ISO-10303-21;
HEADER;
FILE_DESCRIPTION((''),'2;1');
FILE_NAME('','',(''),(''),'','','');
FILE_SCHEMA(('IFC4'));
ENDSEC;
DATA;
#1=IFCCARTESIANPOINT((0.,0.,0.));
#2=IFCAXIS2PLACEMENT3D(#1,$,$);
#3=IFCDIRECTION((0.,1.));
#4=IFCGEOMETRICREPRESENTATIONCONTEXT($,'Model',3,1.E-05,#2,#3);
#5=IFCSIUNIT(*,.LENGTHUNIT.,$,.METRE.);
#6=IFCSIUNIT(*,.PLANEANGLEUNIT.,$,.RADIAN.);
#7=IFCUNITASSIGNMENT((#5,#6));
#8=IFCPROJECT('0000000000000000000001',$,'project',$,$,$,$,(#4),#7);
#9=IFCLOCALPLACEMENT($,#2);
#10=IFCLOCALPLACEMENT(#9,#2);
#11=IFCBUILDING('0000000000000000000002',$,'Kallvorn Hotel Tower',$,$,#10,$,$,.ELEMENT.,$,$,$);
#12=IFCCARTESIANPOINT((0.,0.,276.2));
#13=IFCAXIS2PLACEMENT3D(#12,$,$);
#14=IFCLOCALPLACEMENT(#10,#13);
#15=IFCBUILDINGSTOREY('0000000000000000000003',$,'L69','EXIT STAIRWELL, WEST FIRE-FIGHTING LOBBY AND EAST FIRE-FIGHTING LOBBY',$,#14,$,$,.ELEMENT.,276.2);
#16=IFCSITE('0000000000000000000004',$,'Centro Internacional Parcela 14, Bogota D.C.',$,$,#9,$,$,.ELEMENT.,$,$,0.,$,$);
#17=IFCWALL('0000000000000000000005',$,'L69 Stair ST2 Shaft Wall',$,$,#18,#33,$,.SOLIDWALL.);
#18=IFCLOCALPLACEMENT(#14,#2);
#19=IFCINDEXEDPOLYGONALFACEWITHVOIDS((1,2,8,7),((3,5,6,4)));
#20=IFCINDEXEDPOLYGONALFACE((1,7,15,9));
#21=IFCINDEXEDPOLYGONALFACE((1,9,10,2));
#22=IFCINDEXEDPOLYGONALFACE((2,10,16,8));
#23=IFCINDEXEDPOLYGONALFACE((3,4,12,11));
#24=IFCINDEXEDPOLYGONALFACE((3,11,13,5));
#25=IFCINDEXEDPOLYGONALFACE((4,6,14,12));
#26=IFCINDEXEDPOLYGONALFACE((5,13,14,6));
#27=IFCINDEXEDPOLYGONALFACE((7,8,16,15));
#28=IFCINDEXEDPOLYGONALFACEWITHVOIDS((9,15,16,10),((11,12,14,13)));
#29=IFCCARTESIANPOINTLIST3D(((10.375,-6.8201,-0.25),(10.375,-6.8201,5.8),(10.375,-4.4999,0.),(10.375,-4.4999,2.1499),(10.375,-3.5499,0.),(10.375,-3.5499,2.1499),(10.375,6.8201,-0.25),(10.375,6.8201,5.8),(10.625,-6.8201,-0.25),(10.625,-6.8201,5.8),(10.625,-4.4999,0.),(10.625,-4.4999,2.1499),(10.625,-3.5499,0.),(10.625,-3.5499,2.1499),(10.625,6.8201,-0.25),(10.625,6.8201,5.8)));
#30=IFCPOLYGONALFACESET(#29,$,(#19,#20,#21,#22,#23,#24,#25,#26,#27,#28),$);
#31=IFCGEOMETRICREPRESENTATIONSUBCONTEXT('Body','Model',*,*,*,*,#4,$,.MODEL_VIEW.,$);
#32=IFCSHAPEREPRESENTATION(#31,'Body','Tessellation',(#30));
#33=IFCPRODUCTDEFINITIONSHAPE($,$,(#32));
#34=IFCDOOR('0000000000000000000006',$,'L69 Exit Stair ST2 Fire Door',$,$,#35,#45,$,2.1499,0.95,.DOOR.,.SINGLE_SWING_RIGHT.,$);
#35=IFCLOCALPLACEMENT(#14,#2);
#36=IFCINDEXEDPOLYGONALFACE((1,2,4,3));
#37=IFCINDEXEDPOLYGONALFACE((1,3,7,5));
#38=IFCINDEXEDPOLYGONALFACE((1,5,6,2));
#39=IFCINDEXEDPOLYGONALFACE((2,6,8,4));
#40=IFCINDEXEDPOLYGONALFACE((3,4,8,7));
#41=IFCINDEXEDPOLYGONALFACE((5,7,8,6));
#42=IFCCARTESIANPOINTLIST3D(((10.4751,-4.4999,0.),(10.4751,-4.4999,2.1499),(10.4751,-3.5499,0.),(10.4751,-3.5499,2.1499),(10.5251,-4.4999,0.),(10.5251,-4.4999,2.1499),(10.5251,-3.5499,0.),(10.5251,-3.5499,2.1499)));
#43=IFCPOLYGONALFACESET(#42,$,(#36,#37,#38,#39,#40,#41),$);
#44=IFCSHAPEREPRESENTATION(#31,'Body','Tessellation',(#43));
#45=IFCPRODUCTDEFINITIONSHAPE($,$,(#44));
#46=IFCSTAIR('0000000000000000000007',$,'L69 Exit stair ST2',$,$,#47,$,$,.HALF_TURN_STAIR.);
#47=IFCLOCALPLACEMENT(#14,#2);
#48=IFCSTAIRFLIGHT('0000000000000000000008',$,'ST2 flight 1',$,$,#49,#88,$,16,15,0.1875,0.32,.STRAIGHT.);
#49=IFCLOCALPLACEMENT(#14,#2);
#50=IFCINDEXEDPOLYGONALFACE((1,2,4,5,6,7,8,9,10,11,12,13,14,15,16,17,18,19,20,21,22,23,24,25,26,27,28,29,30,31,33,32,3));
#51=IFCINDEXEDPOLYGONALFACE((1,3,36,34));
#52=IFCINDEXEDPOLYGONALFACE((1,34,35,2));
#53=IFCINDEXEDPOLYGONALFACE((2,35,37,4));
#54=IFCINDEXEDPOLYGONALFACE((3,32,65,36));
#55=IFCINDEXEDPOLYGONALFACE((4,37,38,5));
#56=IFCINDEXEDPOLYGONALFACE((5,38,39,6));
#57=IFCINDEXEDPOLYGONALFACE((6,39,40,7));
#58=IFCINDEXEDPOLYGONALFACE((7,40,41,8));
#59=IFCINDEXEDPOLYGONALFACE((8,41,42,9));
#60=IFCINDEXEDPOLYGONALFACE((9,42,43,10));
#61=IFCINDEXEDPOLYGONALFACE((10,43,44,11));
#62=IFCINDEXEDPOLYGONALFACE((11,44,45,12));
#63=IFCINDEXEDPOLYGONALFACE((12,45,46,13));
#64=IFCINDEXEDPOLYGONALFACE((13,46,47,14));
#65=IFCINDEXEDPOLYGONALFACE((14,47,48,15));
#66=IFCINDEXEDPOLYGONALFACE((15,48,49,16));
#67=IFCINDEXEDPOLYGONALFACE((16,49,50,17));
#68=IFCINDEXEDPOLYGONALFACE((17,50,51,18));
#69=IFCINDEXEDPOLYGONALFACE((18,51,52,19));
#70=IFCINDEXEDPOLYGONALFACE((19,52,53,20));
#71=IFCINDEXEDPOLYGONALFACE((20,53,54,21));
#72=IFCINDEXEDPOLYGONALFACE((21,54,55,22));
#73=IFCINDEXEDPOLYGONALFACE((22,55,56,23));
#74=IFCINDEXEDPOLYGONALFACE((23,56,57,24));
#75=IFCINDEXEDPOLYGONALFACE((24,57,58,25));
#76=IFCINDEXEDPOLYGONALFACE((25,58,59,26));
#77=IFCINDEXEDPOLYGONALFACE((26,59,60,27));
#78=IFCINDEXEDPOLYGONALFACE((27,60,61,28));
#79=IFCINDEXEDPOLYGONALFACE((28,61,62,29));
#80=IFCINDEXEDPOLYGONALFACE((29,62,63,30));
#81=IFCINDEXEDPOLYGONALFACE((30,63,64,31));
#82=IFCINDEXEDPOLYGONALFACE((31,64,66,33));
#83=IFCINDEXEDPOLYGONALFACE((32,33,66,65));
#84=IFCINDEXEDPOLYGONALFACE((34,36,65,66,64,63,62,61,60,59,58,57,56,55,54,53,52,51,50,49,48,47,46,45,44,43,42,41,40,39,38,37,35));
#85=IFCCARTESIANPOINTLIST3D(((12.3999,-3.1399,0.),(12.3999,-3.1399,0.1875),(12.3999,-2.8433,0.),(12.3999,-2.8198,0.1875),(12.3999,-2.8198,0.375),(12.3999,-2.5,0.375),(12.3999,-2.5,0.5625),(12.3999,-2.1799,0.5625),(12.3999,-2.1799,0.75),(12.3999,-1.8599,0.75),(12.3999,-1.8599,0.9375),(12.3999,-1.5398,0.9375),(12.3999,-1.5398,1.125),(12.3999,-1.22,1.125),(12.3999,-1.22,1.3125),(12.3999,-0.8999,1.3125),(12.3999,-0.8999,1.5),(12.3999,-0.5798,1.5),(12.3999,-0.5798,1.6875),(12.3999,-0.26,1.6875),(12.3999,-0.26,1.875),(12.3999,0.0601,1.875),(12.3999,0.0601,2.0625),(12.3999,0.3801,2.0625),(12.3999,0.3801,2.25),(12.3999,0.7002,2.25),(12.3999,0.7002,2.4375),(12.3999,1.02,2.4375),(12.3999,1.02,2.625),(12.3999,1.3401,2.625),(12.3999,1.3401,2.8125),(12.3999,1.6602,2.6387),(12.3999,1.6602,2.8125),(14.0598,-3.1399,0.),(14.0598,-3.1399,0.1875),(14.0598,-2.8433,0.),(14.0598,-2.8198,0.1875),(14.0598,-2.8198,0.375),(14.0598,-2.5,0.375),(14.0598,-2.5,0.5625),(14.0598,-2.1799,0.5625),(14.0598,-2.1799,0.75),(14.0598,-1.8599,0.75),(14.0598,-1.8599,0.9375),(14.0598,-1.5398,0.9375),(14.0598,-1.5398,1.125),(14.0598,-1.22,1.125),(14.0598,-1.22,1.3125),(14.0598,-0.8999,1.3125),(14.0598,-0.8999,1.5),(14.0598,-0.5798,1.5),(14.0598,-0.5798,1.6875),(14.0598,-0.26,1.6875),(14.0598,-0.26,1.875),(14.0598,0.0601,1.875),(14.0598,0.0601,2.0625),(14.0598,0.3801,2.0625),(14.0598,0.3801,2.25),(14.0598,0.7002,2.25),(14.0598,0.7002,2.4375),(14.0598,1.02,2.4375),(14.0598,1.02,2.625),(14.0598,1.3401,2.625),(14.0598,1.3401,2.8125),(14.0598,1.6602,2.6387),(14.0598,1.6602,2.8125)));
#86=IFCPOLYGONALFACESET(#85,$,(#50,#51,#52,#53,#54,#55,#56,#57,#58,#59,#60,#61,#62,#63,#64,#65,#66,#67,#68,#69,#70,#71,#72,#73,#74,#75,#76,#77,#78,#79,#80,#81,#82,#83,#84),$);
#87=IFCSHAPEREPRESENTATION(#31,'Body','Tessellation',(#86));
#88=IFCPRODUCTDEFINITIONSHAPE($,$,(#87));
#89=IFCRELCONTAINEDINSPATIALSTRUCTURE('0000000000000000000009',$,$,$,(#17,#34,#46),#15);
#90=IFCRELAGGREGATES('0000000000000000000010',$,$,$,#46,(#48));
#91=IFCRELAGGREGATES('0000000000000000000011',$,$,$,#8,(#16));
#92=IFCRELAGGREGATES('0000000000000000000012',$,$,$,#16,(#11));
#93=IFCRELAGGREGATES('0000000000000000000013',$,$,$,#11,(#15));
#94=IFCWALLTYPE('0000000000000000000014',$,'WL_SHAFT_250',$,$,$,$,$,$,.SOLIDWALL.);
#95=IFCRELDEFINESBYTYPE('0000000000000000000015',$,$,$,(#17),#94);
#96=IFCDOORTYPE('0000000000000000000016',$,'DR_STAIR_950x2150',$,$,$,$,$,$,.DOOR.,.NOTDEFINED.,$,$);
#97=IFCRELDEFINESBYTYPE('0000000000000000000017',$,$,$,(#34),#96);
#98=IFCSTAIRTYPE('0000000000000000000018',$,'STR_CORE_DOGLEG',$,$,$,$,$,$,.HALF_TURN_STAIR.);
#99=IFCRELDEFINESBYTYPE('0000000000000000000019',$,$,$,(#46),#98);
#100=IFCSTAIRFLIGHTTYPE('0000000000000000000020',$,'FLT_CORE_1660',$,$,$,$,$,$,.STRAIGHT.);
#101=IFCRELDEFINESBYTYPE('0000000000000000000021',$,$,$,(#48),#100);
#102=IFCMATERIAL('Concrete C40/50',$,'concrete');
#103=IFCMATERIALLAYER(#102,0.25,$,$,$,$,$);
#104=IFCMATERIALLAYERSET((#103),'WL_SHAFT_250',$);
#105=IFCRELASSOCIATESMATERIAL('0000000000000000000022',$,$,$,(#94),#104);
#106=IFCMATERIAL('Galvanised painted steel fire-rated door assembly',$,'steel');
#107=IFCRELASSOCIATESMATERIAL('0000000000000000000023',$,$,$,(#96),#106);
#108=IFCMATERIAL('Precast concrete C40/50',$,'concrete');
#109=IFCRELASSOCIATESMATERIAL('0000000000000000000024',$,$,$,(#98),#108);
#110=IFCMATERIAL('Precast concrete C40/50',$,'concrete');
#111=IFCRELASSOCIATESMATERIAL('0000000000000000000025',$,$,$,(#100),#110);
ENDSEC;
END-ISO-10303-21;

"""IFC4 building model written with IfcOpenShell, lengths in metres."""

from ifc_helpers import new_model, si_unit, direction, frame, frame_2d, origin, place, context, subcontext, project, spatial, polyline, rectangle, outline, extrude, material, layer, layer_set, type_object, element, fill, aggregate, save


model = new_model("IFC4")

# Units and contexts
model_context = context("Model", 3, precision=1e-05, world=origin(), true_north=direction((0.0, 1.0)))
body_context = subcontext(model_context, "Body", "Model", "MODEL_VIEW")
ifc_project = project(units=[si_unit("LENGTHUNIT", "METRE"), si_unit("PLANEANGLEUNIT", "RADIAN")], contexts=[model_context])

# Site, building, storey
site_placement = place(None, origin())
site = spatial("IfcSite", under=ifc_project, at=site_placement, Name="Centro Internacional Parcela 14, Bogota D.C.", CompositionType="ELEMENT", RefElevation=0.0)
building_placement = place(site_placement, origin())
building = spatial("IfcBuilding", under=site, at=building_placement, Name="Kallvorn Hotel Tower", CompositionType="ELEMENT")
storey_placement = place(building_placement, frame((0.0, 0.0, 276.2)))
storey = spatial("IfcBuildingStorey", under=building, at=storey_placement, Name="L69", Description="EXIT STAIRWELL, WEST FIRE-FIGHTING LOBBY AND EAST FIRE-FIGHTING LOBBY", CompositionType="ELEMENT", Elevation=276.2)

# Wall, opening, door
ifc_material_1 = material(Name="Concrete C40/50", Category="concrete")
ifc_layer_1 = layer(ifc_material_1, 0.25)
ifc_layer_set_1 = layer_set([ifc_layer_1], Name="WL_SHAFT_250")
wall_type_1 = type_object("IfcWallType", Name="WL_SHAFT_250", PredefinedType="SOLIDWALL", material=ifc_layer_set_1)
wall_1_placement = place(storey_placement, frame((10.5, -6.8201, -0.25), z_axis=(0.0, 0.0, 1.0), x_axis=(0.0, 1.0, 0.0)))
wall_1 = element("IfcWall", 1, at=wall_1_placement, inside=storey, type_object=wall_type_1, Name="L69 Stair ST2 Shaft Wall", PredefinedType="SOLIDWALL", context=body_context, shape_type="SweptSolid", body=[
    extrude(rectangle(XDim=13.6401, YDim=0.25, at=frame_2d((6.8201, 0.0))), origin(), (0.0, 0.0, 1.0), 6.05),
])
opening_placement = place(wall_1_placement, frame((2.3201, 0.0, 0.25)))
opening = element("IfcOpeningElement", 2, at=opening_placement, cuts=wall_1, PredefinedType="OPENING", context=body_context, shape_type="SweptSolid", body=[
    extrude(rectangle(XDim=0.95, YDim=2.1499, at=frame_2d((0.4751, 1.075))), frame((0.0, 0.1399, 0.0), z_axis=(0.0, -1.0, 0.0), x_axis=(1.0, 0.0, 0.0)), (0.0, 0.0, 1.0), 0.28),
])
ifc_material_2 = material(Name="Galvanised painted steel fire-rated door assembly", Category="steel")
door_type = type_object("IfcDoorType", Name="DR_STAIR_950x2150", OperationType="NOTDEFINED", PredefinedType="DOOR", material=ifc_material_2)
door_placement = place(opening_placement, origin())
door = element("IfcDoor", 3, at=door_placement, inside=storey, type_object=door_type, Name="L69 Exit Stair ST2 Fire Door", OperationType="SINGLE_SWING_RIGHT", OverallHeight=2.1499, OverallWidth=0.95, PredefinedType="DOOR", context=body_context, shape_type="SweptSolid", body=[
    extrude(rectangle(XDim=0.95, YDim=2.1499, at=frame_2d((0.4751, 1.075))), frame((0.0, 0.0249, 0.0), z_axis=(0.0, -1.0, 0.0), x_axis=(1.0, 0.0, 0.0)), (0.0, 0.0, 1.0), 0.05),
])
fill(opening, door)

# Stair, stair flight
ifc_material_3 = material(Name="Precast concrete C40/50", Category="concrete")
stair_type = type_object("IfcStairType", Name="STR_CORE_DOGLEG", PredefinedType="HALF_TURN_STAIR", material=ifc_material_3)
stair_placement = place(storey_placement, origin())
stair = element("IfcStair", 4, at=stair_placement, inside=storey, type_object=stair_type, Name="L69 Exit stair ST2", PredefinedType="HALF_TURN_STAIR")
ifc_material_4 = material(Name="Precast concrete C40/50", Category="concrete")
stair_flight_type = type_object("IfcStairFlightType", Name="FLT_CORE_1660", PredefinedType="STRAIGHT", material=ifc_material_4)
stair_flight_placement = place(storey_placement, frame((13.23, -3.1399, 0.0), z_axis=(0.0, 0.0, 1.0), x_axis=(0.0, 1.0, 0.0)))
stair_flight = element("IfcStairFlight", 5, at=stair_flight_placement, type_object=stair_flight_type, Name="ST2 flight 1", NumberOfRisers=16, NumberOfTreads=15, PredefinedType="STRAIGHT", RiserHeight=0.1875, TreadLength=0.32, context=body_context, shape_type="SweptSolid", body=[
    extrude(outline(polyline([(0.0, 0.0), (0.0, 0.1875), (0.3201, 0.1875), (0.3201, 0.375), (0.6399, 0.375), (0.6399, 0.5625), (0.96, 0.5625), (0.96, 0.75), (1.28, 0.75), (1.28, 0.9375), (1.6001, 0.9375), (1.6001, 1.125), (1.9199, 1.125), (1.9199, 1.3125), (2.24, 1.3125), (2.24, 1.5), (2.5601, 1.5), (2.5601, 1.6875), (2.8799, 1.6875), (2.8799, 1.875), (3.2, 1.875), (3.2, 2.0625), (3.52, 2.0625), (3.52, 2.25), (3.8401, 2.25), (3.8401, 2.4375), (4.1599, 2.4375), (4.1599, 2.625), (4.48, 2.625), (4.48, 2.8125), (4.8, 2.8125), (4.8, 3.0), (4.8, 2.6387), (0.2966, 0.0), (0.0, 0.0)])), frame((0.0, 0.8301, 0.0), z_axis=(0.0, -1.0, 0.0), x_axis=(1.0, 0.0, 0.0)), (0.0, 0.0, 1.0), 1.6599),
])
aggregate(stair, [stair_flight])

save(model, "model.ifc")
